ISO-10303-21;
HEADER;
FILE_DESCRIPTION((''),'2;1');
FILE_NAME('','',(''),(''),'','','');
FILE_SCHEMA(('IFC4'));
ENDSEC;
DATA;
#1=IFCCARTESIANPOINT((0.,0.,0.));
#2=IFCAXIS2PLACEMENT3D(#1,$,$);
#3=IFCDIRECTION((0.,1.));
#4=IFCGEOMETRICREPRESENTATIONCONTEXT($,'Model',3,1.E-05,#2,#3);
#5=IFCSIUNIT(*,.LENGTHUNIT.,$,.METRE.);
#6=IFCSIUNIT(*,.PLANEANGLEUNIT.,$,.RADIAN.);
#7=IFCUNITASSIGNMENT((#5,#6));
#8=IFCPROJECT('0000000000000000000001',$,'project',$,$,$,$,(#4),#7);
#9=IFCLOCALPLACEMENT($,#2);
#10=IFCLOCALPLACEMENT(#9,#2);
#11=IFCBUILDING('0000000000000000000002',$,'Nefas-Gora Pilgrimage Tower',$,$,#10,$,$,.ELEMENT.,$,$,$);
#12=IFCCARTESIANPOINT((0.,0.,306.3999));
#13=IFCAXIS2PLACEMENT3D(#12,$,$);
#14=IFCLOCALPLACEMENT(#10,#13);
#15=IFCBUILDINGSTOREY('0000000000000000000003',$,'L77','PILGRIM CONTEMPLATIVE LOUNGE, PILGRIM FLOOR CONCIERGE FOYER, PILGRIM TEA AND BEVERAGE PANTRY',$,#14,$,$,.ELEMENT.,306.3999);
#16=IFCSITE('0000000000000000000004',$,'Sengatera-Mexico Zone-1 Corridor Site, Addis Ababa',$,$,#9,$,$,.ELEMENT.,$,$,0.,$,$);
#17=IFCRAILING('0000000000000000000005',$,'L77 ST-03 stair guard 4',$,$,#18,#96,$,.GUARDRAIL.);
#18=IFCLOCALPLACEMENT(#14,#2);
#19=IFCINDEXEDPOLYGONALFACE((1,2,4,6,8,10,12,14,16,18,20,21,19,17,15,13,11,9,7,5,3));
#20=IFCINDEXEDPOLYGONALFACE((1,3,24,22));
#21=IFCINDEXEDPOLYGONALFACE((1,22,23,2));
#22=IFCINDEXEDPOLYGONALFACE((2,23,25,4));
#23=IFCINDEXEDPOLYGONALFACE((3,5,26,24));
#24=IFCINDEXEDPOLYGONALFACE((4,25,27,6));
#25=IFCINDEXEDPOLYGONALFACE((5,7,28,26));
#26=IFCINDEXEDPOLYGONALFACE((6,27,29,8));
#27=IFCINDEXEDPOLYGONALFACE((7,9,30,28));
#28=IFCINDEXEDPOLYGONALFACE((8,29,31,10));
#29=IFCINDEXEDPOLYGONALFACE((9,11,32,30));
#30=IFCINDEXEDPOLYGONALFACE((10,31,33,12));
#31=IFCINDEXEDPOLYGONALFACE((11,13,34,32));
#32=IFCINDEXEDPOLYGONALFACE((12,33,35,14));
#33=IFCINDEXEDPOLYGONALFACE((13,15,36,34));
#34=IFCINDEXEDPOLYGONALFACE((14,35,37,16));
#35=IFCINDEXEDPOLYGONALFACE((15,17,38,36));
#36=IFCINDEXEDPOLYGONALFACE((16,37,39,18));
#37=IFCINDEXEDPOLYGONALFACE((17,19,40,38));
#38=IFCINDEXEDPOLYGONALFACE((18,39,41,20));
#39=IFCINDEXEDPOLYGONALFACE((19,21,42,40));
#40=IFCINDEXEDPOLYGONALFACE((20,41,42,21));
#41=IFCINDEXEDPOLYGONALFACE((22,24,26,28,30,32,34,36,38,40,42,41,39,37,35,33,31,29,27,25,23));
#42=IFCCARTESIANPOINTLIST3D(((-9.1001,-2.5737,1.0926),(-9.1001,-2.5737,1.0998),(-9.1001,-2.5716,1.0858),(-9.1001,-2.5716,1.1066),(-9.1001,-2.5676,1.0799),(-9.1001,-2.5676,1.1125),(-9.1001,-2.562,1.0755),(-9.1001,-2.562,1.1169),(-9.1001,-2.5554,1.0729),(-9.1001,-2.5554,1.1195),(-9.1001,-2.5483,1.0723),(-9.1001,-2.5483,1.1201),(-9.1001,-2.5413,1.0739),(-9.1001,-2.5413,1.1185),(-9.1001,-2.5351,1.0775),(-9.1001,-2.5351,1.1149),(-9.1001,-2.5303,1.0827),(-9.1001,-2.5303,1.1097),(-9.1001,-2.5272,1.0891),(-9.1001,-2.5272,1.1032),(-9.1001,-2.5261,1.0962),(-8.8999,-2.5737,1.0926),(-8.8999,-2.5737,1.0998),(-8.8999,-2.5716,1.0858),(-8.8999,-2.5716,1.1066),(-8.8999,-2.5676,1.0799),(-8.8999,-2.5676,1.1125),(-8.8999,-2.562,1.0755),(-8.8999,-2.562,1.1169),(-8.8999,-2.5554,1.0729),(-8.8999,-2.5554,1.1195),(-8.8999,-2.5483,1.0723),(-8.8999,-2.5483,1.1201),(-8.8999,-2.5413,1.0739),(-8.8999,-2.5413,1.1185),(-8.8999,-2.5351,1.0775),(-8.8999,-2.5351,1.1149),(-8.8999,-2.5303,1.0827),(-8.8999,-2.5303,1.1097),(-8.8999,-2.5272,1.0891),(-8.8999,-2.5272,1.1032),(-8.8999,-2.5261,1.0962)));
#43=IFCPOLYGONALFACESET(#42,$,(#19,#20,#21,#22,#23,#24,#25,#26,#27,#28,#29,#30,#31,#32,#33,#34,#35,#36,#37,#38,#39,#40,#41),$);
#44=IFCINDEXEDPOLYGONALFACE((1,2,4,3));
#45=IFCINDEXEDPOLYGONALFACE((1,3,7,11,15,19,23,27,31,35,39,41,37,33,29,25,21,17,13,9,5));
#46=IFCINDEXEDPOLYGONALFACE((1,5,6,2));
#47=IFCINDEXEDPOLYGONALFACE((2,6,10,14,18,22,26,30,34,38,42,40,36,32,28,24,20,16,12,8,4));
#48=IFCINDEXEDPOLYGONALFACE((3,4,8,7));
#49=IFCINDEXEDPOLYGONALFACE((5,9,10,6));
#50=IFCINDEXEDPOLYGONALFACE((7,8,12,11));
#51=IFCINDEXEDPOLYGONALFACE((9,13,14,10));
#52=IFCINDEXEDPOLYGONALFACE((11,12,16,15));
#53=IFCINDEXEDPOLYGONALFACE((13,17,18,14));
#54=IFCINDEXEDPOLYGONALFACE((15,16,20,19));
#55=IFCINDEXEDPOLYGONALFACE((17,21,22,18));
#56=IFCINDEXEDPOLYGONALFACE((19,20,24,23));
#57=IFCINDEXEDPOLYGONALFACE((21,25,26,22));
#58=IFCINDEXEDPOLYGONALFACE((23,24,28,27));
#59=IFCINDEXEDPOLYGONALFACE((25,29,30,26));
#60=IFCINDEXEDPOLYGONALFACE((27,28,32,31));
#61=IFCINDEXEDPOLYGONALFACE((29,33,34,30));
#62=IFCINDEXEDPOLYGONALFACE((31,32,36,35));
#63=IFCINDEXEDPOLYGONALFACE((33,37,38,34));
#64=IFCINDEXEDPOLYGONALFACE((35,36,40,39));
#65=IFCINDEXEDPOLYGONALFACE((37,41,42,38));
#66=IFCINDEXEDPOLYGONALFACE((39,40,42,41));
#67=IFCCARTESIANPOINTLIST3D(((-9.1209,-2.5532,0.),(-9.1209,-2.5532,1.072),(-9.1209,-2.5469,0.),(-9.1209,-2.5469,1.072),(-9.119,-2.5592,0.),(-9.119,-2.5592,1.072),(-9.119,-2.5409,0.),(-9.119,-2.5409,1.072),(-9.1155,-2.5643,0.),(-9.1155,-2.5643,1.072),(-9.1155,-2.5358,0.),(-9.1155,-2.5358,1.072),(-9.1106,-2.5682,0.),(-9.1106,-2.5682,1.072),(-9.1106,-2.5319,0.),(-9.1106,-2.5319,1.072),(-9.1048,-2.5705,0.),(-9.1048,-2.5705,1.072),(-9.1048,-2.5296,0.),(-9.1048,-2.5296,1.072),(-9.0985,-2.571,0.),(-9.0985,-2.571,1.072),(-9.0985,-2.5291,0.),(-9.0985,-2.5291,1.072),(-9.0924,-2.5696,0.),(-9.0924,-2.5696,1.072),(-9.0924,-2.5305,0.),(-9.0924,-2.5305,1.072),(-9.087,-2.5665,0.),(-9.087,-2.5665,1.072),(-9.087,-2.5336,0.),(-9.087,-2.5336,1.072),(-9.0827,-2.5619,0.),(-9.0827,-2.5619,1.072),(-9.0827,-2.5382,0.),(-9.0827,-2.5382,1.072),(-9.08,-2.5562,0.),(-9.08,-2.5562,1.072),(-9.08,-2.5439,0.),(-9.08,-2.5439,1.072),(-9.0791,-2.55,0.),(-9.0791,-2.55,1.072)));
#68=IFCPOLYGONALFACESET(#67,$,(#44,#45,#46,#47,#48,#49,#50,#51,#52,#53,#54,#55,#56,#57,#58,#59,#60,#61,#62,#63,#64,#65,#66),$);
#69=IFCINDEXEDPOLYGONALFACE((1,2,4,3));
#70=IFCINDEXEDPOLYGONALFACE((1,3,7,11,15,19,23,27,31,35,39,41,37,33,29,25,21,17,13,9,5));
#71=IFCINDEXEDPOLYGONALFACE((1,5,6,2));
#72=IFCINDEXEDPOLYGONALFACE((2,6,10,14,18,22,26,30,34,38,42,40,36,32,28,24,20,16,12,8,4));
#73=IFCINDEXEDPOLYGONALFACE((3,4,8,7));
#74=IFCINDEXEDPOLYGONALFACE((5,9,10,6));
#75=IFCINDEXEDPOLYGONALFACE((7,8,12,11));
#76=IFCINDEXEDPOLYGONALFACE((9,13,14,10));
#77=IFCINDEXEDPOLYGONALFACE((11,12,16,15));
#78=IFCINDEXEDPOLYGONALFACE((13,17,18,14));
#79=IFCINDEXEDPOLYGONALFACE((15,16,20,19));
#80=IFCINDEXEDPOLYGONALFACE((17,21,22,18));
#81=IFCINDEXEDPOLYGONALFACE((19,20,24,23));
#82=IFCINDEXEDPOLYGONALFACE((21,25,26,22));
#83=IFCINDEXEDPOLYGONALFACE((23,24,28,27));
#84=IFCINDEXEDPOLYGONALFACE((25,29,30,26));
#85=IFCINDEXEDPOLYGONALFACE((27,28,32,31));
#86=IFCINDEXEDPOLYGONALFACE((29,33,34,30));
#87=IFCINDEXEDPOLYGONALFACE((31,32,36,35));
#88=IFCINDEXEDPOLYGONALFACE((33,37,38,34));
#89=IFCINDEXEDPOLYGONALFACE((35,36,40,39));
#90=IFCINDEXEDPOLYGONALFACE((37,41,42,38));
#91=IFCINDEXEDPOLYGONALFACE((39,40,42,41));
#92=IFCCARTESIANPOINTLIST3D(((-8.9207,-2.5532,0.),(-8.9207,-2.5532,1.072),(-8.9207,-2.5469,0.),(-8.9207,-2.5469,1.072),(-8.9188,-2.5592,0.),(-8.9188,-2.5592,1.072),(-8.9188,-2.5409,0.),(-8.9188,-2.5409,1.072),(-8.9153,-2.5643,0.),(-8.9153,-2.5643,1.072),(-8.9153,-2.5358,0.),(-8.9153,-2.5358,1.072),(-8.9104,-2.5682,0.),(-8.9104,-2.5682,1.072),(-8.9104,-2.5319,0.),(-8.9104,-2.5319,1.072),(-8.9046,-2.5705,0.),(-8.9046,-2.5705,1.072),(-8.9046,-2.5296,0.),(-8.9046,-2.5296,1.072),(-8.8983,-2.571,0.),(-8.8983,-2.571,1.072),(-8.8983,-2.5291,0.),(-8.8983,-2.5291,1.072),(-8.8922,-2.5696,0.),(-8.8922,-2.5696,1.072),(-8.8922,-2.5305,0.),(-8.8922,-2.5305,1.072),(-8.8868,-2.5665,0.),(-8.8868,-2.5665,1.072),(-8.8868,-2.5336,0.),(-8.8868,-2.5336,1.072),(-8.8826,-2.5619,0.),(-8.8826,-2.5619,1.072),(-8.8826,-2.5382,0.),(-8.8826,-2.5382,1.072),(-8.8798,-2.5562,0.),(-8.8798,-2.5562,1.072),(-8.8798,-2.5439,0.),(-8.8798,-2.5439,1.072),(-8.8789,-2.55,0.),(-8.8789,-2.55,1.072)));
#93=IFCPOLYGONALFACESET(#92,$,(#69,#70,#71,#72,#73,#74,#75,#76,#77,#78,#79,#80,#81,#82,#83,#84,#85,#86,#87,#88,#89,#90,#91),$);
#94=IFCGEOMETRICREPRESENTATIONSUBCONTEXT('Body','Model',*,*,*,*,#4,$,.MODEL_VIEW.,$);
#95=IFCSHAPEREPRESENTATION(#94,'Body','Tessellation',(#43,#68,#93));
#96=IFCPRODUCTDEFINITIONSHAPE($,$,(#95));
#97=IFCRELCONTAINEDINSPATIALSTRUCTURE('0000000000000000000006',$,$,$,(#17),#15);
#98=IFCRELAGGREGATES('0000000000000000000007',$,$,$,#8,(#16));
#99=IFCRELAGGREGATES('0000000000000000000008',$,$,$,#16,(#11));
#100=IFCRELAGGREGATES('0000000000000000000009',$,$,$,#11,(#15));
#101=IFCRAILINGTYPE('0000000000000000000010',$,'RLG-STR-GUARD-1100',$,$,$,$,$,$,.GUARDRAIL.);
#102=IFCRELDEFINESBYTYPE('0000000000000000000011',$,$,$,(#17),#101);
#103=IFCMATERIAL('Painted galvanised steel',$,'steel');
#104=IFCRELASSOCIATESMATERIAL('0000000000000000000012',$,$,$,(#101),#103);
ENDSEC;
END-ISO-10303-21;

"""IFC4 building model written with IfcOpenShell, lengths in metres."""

from ifc_helpers import new_model, si_unit, direction, frame, origin, origin_2d, place, context, subcontext, project, spatial, circle, extrude, material, type_object, element, save


model = new_model("IFC4")

# Units and contexts
model_context = context("Model", 3, precision=1e-05, world=origin(), true_north=direction((0.0, 1.0)))
body_context = subcontext(model_context, "Body", "Model", "MODEL_VIEW")
ifc_project = project(units=[si_unit("LENGTHUNIT", "METRE"), si_unit("PLANEANGLEUNIT", "RADIAN")], contexts=[model_context])

# Site, building, storey
site_placement = place(None, origin())
site = spatial("IfcSite", under=ifc_project, at=site_placement, Name="Sengatera-Mexico Zone-1 Corridor Site, Addis Ababa", CompositionType="ELEMENT", RefElevation=0.0)
building_placement = place(site_placement, origin())
building = spatial("IfcBuilding", under=site, at=building_placement, Name="Nefas-Gora Pilgrimage Tower", CompositionType="ELEMENT")
storey_placement = place(building_placement, frame((0.0, 0.0, 306.3999)))
storey = spatial("IfcBuildingStorey", under=building, at=storey_placement, Name="L77", Description="PILGRIM CONTEMPLATIVE LOUNGE, PILGRIM FLOOR CONCIERGE FOYER, PILGRIM TEA AND BEVERAGE PANTRY", CompositionType="ELEMENT", Elevation=306.3999)

# Railing
ifc_material_1 = material(Name="Painted galvanised steel", Category="steel")
railing_type_1 = type_object("IfcRailingType", Name="RLG-STR-GUARD-1100", PredefinedType="GUARDRAIL", material=ifc_material_1)
railing_1_placement = place(storey_placement, frame((-9.1001, -2.55, 0.0)))
element("IfcRailing", 1, at=railing_1_placement, inside=storey, type_object=railing_type_1, Name="L77 ST-03 stair guard 4", PredefinedType="GUARDRAIL", context=body_context, shape_type="SweptSolid", body=[
    extrude(circle(Radius=0.0239, at=origin_2d()), frame((0.0, 0.0, 1.0962), z_axis=(1.0, 0.0, 0.0), x_axis=(0.0, 1.0, 0.0)), (0.0, 0.0, 1.0), 0.2002),
    extrude(circle(Radius=0.021, at=origin_2d()), origin(), (0.0, 0.0, 1.0), 1.072),
    extrude(circle(Radius=0.021, at=origin_2d()), frame((0.2002, 0.0, 0.0)), (0.0, 0.0, 1.0), 1.072),
])

save(model, "model.ifc")
